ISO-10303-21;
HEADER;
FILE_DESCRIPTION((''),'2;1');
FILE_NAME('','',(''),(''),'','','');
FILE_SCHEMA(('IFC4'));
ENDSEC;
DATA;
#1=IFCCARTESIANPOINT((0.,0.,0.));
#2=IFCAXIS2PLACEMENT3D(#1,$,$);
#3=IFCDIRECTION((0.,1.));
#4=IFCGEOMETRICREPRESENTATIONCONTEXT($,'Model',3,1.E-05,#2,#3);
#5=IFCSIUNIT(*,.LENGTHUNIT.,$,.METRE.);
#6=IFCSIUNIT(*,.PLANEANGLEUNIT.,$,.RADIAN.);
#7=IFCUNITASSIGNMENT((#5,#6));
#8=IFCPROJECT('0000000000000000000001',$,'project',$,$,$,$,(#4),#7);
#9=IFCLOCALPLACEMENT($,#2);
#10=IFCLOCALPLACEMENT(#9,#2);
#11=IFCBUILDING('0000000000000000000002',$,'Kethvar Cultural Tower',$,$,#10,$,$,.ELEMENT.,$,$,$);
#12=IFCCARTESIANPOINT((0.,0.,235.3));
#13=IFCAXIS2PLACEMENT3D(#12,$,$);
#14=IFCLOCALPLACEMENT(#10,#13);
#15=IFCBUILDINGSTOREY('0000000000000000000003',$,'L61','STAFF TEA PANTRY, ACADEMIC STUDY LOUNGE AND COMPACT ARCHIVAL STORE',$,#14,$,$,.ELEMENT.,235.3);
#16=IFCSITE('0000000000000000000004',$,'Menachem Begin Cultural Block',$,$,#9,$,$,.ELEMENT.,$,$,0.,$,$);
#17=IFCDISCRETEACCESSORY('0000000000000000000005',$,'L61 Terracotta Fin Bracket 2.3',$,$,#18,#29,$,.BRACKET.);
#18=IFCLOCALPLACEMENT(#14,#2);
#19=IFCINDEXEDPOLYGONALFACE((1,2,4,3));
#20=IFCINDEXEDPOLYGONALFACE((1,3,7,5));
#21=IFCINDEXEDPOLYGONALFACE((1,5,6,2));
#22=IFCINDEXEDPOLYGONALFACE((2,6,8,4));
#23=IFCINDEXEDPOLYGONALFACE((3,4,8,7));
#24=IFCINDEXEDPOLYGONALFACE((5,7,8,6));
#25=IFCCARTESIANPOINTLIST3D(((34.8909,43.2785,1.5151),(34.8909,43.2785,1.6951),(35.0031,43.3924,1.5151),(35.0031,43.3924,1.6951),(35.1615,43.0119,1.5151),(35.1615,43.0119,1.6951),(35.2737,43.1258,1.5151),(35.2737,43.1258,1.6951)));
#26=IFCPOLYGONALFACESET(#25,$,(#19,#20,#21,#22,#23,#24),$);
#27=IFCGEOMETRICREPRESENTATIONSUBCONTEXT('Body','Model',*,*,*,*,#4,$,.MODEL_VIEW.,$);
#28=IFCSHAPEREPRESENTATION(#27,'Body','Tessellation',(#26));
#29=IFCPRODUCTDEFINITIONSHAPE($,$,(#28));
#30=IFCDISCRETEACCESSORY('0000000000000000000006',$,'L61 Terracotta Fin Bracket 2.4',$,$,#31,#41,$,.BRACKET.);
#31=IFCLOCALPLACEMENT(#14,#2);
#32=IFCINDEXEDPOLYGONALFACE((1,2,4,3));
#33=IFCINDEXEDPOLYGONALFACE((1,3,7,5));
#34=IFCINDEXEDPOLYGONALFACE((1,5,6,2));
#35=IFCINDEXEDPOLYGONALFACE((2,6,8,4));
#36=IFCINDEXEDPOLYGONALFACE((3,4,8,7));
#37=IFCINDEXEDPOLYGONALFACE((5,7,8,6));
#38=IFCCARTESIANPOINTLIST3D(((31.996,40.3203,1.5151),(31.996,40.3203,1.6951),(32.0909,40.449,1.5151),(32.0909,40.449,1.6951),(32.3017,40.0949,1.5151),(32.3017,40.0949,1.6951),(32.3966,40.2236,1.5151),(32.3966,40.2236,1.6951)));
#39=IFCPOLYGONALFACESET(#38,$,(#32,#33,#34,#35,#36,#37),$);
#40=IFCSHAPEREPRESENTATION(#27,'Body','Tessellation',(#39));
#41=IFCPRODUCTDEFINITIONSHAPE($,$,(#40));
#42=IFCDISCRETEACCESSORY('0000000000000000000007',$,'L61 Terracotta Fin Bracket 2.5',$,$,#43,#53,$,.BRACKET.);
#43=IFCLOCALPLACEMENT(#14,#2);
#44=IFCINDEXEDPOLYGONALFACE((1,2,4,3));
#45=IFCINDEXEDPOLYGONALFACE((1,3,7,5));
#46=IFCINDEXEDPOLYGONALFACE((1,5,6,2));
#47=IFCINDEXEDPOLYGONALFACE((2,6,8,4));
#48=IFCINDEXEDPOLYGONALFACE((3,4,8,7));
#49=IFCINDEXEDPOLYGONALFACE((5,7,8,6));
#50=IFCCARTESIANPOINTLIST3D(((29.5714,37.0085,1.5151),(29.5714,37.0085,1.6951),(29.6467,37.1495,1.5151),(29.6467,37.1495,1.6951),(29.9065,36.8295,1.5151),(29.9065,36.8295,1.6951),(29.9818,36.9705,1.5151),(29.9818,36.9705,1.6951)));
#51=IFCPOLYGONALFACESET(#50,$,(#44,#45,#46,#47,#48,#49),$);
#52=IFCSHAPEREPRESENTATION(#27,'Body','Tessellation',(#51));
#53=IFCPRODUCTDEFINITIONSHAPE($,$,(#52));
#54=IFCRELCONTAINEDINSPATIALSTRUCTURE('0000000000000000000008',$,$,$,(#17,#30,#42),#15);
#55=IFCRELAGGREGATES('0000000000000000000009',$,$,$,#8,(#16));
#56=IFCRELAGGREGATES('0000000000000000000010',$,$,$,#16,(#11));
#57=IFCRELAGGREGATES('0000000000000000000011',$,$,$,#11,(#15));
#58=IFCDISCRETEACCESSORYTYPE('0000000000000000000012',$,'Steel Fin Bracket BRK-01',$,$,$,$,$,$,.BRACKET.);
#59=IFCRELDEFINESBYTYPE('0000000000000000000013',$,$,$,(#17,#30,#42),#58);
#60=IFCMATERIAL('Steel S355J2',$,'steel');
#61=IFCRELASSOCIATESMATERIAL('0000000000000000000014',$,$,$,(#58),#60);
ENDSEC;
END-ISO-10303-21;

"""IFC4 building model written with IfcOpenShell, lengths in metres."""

from ifc_helpers import new_model, si_unit, direction, frame, origin, origin_2d, place, context, subcontext, project, spatial, rectangle, extrude, source, transform, mapped, material, type_object, element, save


model = new_model("IFC4")

# Units and contexts
model_context = context("Model", 3, precision=1e-05, world=origin(), true_north=direction((0.0, 1.0)))
body_context = subcontext(model_context, "Body", "Model", "MODEL_VIEW")
ifc_project = project(units=[si_unit("LENGTHUNIT", "METRE"), si_unit("PLANEANGLEUNIT", "RADIAN")], contexts=[model_context])

# Site, building, storey
site_placement = place(None, origin())
site = spatial("IfcSite", under=ifc_project, at=site_placement, Name="Menachem Begin Cultural Block", CompositionType="ELEMENT", RefElevation=0.0)
building_placement = place(site_placement, origin())
building = spatial("IfcBuilding", under=site, at=building_placement, Name="Kethvar Cultural Tower", CompositionType="ELEMENT")
storey_placement = place(building_placement, frame((0.0, 0.0, 235.3)))
storey = spatial("IfcBuildingStorey", under=building, at=storey_placement, Name="L61", Description="STAFF TEA PANTRY, ACADEMIC STUDY LOUNGE AND COMPACT ARCHIVAL STORE", CompositionType="ELEMENT", Elevation=235.3)

# Shared definitions
ifc_material_1 = material(Name="Steel S355J2", Category="steel")

# Discrete accessories
discrete_accessory_type = type_object("IfcDiscreteAccessoryType", Name="Steel Fin Bracket BRK-01", PredefinedType="BRACKET", material=ifc_material_1)
shared_shape_1 = source(origin(), body_context, "Body", "SweptSolid", [
    extrude(rectangle(XDim=0.3799, YDim=0.1599, at=origin_2d()), origin(), (0.0, 0.0, 1.0), 0.1799),
])
for number, where, z_axis, x_axis, name in (
    (1, (35.0823, 43.2021, 1.5151), (0.0, 0.0, 1.0), (-0.712394, 0.70178, 0.0), "L61 Terracotta Fin Bracket 2.3"),
    (2, (32.1963, 40.272, 1.5151), (0.0, 0.0, 1.0), (-0.804894, 0.593419, 0.0), "L61 Terracotta Fin Bracket 2.4"),
    (3, (29.7766, 36.9895, 1.5151), (0.0, 0.0, 1.0), (-0.882045, 0.471166, 0.0), "L61 Terracotta Fin Bracket 2.5"),
):
    element("IfcDiscreteAccessory", number, at=place(storey_placement, frame(where, z_axis=z_axis, x_axis=x_axis)), inside=storey, type_object=discrete_accessory_type, Name=name, PredefinedType="BRACKET", context=body_context, shape_type="MappedRepresentation", body=[
        mapped(shared_shape_1, transform((0.0, 0.0, 0.0), scale=1.0)),
    ])

save(model, "model.ifc")
